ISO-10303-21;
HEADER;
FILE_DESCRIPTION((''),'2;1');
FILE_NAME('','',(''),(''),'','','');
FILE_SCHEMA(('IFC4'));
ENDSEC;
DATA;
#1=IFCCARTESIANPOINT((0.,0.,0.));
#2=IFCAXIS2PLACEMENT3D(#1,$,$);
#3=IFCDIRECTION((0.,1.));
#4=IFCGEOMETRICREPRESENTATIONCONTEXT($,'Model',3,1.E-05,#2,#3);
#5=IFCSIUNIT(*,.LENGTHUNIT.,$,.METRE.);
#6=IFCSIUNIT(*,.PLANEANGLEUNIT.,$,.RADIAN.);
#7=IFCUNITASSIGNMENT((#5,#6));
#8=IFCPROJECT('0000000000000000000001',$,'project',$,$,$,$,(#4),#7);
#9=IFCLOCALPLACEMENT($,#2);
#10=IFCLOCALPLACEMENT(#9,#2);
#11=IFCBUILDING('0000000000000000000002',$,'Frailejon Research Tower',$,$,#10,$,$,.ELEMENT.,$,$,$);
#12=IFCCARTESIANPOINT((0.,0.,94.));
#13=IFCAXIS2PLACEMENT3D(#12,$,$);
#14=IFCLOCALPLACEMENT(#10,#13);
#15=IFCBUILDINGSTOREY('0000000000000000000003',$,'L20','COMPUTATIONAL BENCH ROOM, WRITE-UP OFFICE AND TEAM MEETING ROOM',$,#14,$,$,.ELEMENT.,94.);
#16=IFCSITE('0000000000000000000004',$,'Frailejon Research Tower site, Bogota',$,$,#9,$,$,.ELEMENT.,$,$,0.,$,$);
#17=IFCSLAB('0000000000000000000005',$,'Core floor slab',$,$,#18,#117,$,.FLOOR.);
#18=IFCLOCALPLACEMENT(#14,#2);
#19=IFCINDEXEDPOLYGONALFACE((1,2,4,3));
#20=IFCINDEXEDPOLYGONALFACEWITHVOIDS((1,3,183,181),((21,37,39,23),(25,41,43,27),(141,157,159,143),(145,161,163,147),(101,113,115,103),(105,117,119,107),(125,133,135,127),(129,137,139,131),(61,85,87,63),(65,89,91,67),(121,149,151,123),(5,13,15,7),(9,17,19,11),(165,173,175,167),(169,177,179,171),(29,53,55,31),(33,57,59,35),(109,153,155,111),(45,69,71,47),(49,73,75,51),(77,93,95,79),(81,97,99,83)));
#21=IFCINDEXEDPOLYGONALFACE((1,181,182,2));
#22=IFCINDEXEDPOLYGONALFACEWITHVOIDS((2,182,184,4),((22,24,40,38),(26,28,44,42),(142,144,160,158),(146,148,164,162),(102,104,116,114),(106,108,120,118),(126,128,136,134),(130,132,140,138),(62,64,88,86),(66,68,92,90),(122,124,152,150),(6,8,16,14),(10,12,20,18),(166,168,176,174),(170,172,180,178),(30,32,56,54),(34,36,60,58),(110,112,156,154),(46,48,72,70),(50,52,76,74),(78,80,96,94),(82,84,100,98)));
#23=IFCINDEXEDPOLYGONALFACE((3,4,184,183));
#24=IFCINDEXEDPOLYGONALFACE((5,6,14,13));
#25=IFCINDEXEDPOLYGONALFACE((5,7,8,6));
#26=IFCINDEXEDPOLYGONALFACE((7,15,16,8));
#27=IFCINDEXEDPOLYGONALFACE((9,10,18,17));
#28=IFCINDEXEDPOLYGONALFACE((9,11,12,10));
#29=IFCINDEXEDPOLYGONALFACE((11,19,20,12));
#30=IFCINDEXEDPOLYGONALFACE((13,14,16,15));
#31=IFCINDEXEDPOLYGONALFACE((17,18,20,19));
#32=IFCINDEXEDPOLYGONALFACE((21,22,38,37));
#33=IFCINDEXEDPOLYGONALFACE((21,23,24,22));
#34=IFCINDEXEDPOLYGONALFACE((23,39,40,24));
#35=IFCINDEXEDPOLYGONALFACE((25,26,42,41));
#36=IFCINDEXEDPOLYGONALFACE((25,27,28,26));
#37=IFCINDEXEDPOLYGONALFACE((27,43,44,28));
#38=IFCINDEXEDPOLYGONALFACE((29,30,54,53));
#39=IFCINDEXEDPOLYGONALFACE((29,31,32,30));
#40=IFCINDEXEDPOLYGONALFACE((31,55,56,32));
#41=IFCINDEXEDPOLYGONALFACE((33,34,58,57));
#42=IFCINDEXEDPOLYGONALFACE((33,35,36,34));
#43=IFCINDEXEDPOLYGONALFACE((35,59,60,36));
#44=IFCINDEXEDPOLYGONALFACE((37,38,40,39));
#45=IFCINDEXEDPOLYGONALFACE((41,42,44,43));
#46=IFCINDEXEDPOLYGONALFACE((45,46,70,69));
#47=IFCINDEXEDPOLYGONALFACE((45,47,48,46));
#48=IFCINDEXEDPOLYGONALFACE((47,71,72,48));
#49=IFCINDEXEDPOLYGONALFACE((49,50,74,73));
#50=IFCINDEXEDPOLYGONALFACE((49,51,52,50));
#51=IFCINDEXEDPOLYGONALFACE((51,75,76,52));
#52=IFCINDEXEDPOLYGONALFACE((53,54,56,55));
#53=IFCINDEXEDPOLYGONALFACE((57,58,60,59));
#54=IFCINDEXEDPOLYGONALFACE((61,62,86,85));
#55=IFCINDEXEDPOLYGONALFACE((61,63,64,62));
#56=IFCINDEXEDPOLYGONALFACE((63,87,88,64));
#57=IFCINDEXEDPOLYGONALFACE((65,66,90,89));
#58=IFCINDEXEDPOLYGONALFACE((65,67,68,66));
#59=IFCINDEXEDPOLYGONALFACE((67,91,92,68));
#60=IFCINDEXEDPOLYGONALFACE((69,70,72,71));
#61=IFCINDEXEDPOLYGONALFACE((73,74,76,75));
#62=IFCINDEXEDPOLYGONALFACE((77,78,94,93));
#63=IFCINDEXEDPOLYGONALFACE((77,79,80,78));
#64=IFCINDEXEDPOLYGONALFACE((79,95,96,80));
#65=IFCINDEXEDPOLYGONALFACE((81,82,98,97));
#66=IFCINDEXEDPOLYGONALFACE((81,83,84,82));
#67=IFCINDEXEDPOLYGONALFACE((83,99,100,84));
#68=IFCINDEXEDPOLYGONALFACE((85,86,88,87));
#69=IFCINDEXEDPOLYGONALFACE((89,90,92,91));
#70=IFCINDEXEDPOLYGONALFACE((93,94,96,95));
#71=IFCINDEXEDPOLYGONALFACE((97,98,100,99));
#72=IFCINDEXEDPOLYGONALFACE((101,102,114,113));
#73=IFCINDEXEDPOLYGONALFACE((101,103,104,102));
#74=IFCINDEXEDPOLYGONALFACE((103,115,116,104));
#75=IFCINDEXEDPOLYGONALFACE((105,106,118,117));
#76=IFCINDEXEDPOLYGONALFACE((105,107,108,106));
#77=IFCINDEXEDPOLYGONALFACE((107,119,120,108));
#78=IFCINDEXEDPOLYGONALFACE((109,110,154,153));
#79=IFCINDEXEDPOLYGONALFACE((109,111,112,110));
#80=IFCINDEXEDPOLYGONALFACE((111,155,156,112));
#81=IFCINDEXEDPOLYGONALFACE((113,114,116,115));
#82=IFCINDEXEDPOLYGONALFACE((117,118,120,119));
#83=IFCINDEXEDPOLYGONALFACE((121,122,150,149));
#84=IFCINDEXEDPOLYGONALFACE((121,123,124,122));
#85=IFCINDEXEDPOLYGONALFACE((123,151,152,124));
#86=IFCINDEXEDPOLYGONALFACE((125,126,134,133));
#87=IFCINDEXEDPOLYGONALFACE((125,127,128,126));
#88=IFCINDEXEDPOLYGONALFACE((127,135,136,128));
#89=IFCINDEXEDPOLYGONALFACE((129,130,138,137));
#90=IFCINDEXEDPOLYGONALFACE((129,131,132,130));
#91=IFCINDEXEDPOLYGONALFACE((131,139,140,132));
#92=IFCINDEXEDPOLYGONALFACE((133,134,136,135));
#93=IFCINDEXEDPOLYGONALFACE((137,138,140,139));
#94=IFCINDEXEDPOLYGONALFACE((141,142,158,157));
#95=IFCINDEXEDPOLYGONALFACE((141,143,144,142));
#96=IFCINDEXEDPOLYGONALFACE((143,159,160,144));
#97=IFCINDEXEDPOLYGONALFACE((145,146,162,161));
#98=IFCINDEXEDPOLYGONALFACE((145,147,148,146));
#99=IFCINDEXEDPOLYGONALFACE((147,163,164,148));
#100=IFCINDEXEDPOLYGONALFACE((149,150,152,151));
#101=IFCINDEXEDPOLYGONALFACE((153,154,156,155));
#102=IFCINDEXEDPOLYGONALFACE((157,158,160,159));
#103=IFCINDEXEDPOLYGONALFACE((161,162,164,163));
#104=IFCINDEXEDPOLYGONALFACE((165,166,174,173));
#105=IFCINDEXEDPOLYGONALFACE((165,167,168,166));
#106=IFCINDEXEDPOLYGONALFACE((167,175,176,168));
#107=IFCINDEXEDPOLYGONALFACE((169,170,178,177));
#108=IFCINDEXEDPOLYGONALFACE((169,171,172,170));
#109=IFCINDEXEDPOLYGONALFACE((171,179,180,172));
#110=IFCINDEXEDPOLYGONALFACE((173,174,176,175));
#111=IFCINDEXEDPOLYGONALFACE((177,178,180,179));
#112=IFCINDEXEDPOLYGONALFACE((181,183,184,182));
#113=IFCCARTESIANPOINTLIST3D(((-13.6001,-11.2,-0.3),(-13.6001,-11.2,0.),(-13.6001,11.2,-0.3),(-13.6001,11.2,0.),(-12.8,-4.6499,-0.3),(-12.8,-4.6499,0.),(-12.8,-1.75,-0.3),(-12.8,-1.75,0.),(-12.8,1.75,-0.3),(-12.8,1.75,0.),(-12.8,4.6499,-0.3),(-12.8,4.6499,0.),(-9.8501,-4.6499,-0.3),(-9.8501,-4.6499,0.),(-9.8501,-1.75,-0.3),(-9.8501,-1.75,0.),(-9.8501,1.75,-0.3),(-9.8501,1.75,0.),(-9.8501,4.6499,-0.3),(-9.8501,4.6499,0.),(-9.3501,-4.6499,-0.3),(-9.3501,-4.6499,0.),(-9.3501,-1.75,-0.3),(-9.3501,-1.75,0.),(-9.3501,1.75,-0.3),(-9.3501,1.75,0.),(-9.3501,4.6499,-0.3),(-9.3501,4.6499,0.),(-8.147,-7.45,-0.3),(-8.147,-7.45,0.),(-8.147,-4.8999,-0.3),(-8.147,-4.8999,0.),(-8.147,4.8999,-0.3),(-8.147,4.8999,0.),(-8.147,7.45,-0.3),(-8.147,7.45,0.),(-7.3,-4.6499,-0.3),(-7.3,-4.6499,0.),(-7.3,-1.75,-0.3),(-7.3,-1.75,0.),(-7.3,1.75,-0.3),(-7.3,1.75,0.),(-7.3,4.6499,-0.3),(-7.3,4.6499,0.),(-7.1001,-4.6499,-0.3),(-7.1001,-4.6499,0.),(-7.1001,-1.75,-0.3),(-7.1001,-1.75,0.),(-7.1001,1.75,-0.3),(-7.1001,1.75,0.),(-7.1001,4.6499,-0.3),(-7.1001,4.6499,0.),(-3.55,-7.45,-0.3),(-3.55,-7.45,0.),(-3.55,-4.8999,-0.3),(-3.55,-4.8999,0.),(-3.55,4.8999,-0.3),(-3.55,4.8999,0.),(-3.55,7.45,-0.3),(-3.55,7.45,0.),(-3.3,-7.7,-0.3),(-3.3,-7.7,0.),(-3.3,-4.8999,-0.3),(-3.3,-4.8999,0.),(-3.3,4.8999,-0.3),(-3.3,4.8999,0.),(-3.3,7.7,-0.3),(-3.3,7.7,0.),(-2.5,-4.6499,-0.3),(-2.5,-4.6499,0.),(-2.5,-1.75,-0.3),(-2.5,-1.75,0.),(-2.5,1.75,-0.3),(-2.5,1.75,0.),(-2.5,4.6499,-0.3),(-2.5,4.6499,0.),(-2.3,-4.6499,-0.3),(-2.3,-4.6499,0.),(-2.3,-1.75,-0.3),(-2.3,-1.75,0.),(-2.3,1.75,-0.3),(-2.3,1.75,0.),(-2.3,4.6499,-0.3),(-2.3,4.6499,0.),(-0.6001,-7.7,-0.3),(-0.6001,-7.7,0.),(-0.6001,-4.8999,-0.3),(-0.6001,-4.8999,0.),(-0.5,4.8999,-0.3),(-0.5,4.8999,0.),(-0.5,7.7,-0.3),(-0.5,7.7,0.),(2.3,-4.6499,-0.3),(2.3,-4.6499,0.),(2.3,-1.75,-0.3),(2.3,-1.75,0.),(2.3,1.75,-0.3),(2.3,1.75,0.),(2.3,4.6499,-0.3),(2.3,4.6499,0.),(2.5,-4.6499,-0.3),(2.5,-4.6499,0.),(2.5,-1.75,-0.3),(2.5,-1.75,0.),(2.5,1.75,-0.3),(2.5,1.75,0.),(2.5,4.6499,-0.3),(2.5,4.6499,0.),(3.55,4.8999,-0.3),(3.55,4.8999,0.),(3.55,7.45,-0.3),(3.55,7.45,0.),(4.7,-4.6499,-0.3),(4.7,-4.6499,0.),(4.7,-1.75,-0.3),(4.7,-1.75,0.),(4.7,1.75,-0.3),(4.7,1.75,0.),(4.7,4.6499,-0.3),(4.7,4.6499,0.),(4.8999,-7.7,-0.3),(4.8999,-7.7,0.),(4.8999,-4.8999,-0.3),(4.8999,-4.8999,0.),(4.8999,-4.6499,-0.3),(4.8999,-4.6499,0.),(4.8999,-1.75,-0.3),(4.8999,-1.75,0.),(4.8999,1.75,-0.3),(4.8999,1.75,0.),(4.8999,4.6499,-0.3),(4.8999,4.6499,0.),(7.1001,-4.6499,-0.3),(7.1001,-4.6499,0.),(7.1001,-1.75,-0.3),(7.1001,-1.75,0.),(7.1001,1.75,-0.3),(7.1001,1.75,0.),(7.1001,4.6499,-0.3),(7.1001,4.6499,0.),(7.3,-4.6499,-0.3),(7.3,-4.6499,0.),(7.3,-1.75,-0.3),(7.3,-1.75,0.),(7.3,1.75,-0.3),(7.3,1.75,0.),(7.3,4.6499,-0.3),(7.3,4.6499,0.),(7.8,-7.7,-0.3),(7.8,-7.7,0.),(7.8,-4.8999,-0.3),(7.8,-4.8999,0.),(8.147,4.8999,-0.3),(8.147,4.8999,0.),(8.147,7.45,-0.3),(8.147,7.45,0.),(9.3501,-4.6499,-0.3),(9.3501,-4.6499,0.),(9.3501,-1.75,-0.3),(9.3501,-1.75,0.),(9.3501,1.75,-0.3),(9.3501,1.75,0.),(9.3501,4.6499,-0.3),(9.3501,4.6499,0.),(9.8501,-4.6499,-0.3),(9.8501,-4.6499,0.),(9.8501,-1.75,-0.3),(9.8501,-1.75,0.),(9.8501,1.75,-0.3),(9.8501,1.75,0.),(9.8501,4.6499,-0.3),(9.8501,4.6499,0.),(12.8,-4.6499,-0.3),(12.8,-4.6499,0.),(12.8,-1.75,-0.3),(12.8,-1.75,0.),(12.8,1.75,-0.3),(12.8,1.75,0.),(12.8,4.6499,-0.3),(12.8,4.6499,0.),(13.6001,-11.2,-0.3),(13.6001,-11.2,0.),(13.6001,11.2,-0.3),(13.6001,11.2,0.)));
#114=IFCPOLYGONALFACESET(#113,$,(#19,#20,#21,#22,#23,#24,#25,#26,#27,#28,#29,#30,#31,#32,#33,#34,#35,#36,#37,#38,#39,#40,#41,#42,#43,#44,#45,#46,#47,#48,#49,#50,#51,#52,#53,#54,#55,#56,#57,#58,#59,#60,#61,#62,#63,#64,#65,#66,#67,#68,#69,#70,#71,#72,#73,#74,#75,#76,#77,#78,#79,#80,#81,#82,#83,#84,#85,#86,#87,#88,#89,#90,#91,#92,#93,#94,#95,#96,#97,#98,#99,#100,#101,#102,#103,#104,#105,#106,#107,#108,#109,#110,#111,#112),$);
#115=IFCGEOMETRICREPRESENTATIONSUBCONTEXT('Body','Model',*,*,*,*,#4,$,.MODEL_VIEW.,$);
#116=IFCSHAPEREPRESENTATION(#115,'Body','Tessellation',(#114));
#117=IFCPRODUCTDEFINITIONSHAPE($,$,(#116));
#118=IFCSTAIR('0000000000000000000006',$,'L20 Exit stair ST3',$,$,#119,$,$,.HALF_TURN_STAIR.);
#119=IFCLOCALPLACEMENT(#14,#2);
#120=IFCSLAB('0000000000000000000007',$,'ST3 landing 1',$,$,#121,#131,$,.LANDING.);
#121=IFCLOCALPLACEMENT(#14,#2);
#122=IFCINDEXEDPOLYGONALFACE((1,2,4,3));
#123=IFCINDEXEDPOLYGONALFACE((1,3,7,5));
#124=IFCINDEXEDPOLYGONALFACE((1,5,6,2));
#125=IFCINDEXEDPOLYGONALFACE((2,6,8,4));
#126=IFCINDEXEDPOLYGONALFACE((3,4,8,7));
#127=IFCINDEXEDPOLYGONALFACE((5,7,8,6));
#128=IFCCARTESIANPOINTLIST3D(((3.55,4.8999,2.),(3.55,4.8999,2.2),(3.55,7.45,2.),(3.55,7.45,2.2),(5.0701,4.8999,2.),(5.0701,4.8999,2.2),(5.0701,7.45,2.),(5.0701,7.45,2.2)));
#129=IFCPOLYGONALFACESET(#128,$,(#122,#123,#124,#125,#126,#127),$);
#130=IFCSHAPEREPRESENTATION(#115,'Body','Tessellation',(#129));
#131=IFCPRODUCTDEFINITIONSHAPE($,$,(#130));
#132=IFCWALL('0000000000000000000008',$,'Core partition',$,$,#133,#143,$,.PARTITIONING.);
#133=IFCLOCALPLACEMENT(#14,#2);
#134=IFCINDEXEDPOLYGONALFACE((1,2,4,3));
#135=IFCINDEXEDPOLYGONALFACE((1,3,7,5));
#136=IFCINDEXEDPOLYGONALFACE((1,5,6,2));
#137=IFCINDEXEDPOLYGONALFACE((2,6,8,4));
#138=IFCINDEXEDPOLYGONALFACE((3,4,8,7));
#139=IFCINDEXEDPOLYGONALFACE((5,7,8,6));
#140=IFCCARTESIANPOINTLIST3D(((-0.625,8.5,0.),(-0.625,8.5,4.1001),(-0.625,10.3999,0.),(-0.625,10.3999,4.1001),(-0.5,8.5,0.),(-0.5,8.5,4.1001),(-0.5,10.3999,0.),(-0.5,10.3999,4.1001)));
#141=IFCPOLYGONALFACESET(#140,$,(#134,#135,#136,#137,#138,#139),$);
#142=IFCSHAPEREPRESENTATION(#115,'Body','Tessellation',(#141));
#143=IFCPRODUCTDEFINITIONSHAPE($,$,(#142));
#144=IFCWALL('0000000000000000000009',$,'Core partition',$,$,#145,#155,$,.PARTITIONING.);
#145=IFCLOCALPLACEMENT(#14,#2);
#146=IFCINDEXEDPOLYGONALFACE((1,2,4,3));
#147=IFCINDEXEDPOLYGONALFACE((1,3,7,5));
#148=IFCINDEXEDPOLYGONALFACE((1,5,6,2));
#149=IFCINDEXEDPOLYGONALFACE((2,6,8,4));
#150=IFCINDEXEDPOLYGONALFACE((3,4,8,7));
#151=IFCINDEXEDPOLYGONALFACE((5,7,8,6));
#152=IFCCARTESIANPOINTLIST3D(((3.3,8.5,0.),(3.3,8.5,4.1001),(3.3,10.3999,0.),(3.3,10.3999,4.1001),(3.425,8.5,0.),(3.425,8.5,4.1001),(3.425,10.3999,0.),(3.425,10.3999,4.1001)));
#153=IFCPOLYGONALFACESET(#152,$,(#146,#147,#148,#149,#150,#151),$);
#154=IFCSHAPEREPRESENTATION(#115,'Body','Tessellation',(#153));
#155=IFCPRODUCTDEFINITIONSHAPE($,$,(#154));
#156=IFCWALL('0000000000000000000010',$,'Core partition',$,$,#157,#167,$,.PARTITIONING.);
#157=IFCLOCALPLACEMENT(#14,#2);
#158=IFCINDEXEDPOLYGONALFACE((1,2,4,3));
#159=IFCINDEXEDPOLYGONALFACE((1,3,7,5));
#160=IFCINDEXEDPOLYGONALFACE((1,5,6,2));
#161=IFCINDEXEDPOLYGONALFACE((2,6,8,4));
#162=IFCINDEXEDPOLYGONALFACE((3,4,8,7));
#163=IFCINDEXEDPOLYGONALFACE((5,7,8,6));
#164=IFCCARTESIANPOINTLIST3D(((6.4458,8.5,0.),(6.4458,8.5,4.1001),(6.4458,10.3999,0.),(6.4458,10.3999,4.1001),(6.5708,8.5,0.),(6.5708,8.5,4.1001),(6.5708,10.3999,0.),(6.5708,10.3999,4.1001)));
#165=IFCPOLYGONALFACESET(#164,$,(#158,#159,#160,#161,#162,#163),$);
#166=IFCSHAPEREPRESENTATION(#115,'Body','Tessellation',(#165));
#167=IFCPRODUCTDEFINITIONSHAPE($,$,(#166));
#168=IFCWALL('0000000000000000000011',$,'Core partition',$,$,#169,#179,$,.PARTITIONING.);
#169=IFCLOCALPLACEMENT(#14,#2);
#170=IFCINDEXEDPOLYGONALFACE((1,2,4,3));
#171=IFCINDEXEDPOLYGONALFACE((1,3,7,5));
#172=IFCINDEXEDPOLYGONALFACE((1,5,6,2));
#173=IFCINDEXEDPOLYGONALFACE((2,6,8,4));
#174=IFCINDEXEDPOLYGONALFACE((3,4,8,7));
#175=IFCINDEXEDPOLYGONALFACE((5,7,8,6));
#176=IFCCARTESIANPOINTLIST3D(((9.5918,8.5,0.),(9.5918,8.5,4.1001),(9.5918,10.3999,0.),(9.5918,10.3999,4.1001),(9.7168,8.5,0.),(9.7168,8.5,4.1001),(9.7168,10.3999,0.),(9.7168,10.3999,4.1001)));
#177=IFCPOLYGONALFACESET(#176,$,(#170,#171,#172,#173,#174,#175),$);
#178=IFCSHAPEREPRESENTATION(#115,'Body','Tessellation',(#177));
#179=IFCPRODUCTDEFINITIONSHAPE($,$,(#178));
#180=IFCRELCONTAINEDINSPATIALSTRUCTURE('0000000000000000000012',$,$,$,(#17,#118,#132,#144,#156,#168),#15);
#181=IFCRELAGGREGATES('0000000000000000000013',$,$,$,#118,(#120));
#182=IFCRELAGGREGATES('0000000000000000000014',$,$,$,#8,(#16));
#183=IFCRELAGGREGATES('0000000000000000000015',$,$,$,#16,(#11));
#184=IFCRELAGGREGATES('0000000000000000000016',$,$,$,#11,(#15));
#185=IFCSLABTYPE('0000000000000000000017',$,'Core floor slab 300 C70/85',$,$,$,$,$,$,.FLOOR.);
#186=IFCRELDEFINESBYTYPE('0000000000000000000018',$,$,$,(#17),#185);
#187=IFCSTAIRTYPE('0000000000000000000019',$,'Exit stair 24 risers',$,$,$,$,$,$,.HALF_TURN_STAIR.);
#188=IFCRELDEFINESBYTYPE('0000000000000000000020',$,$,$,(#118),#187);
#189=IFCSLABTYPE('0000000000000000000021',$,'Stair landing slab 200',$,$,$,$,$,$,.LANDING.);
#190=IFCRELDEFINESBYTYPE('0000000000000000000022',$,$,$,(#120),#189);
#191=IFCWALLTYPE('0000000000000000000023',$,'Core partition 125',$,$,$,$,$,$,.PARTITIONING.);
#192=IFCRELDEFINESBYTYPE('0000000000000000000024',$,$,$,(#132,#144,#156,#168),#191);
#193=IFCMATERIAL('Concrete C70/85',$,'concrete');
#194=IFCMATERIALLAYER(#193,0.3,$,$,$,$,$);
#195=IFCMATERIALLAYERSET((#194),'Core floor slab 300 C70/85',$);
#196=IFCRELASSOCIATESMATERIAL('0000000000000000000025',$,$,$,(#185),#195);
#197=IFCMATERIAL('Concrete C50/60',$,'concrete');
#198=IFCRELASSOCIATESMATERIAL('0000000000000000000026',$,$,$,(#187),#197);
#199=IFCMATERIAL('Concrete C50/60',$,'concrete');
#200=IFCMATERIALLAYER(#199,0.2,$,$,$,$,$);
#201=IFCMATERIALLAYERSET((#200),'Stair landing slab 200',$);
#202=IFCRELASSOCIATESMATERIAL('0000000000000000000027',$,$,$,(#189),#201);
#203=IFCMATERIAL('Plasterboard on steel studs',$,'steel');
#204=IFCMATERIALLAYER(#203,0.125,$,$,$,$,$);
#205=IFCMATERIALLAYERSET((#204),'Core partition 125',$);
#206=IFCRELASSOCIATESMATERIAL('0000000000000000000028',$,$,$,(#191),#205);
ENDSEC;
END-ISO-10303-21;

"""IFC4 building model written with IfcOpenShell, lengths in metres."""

from ifc_helpers import new_model, si_unit, direction, frame, frame_2d, origin, place, context, subcontext, project, spatial, polyline, rectangle, outline, extrude, material, layer, layer_set, type_object, element, aggregate, save


model = new_model("IFC4")

# Units and contexts
model_context = context("Model", 3, precision=1e-05, world=origin(), true_north=direction((0.0, 1.0)))
body_context = subcontext(model_context, "Body", "Model", "MODEL_VIEW")
ifc_project = project(units=[si_unit("LENGTHUNIT", "METRE"), si_unit("PLANEANGLEUNIT", "RADIAN")], contexts=[model_context])

# Site, building, storey
site_placement = place(None, origin())
site = spatial("IfcSite", under=ifc_project, at=site_placement, Name="Frailejon Research Tower site, Bogota", CompositionType="ELEMENT", RefElevation=0.0)
building_placement = place(site_placement, origin())
building = spatial("IfcBuilding", under=site, at=building_placement, Name="Frailejon Research Tower", CompositionType="ELEMENT")
storey_placement = place(building_placement, frame((0.0, 0.0, 94.0)))
storey = spatial("IfcBuildingStorey", under=building, at=storey_placement, Name="L20", Description="COMPUTATIONAL BENCH ROOM, WRITE-UP OFFICE AND TEAM MEETING ROOM", CompositionType="ELEMENT", Elevation=94.0)

# Slab
ifc_material_1 = material(Name="Concrete C70/85", Category="concrete")
ifc_layer_1 = layer(ifc_material_1, 0.3)
ifc_layer_set_1 = layer_set([ifc_layer_1], Name="Core floor slab 300 C70/85")
slab_type_1 = type_object("IfcSlabType", Name="Core floor slab 300 C70/85", PredefinedType="FLOOR", material=ifc_layer_set_1)
slab_1_placement = place(storey_placement, frame((0.0, 0.0, -0.3)))
element("IfcSlab", 1, at=slab_1_placement, inside=storey, type_object=slab_type_1, Name="Core floor slab", PredefinedType="FLOOR", context=body_context, shape_type="SweptSolid", body=[
    extrude(outline(polyline([(13.6001, -11.2), (13.6001, 11.2), (-13.6001, 11.2), (-13.6001, -11.2), (13.6001, -11.2)]), holes=[polyline([(-9.8501, 1.75), (-9.8501, 4.6499), (-12.8, 4.6499), (-12.8, 1.75), (-9.8501, 1.75)]), polyline([(-7.3, 1.75), (-7.3, 4.6499), (-9.3501, 4.6499), (-9.3501, 1.75), (-7.3, 1.75)]), polyline([(-2.5, 1.75), (-2.5, 4.6499), (-7.1001, 4.6499), (-7.1001, 1.75), (-2.5, 1.75)]), polyline([(2.3, 1.75), (2.3, 4.6499), (-2.3, 4.6499), (-2.3, 1.75), (2.3, 1.75)]), polyline([(4.7, 1.75), (4.7, 4.6499), (2.5, 4.6499), (2.5, 1.75), (4.7, 1.75)]), polyline([(7.1001, 1.75), (7.1001, 4.6499), (4.8999, 4.6499), (4.8999, 1.75), (7.1001, 1.75)]), polyline([(9.3501, 1.75), (9.3501, 4.6499), (7.3, 4.6499), (7.3, 1.75), (9.3501, 1.75)]), polyline([(12.8, 1.75), (12.8, 4.6499), (9.8501, 4.6499), (9.8501, 1.75), (12.8, 1.75)]), polyline([(-9.8501, -4.6499), (-9.8501, -1.75), (-12.8, -1.75), (-12.8, -4.6499), (-9.8501, -4.6499)]), polyline([(-7.3, -4.6499), (-7.3, -1.75), (-9.3501, -1.75), (-9.3501, -4.6499), (-7.3, -4.6499)]), polyline([(-2.5, -4.6499), (-2.5, -1.75), (-7.1001, -1.75), (-7.1001, -4.6499), (-2.5, -4.6499)]), polyline([(2.3, -4.6499), (2.3, -1.75), (-2.3, -1.75), (-2.3, -4.6499), (2.3, -4.6499)]), polyline([(4.7, -4.6499), (4.7, -1.75), (2.5, -1.75), (2.5, -4.6499), (4.7, -4.6499)]), polyline([(7.1001, -4.6499), (7.1001, -1.75), (4.8999, -1.75), (4.8999, -4.6499), (7.1001, -4.6499)]), polyline([(9.3501, -4.6499), (9.3501, -1.75), (7.3, -1.75), (7.3, -4.6499), (9.3501, -4.6499)]), polyline([(12.8, -4.6499), (12.8, -1.75), (9.8501, -1.75), (9.8501, -4.6499), (12.8, -4.6499)]), polyline([(-8.147, 4.8999), (-3.55, 4.8999), (-3.55, 7.45), (-8.147, 7.45), (-8.147, 4.8999)]), polyline([(-8.147, -7.45), (-3.55, -7.45), (-3.55, -4.8999), (-8.147, -4.8999), (-8.147, -7.45)]), polyline([(8.147, 7.45), (3.55, 7.45), (3.55, 4.8999), (8.147, 4.8999), (8.147, 7.45)]), polyline([(-0.6001, -7.7), (-0.6001, -4.8999), (-3.3, -4.8999), (-3.3, -7.7), (-0.6001, -7.7)]), polyline([(7.8, -7.7), (7.8, -4.8999), (4.8999, -4.8999), (4.8999, -7.7), (7.8, -7.7)]), polyline([(-0.5, 4.8999), (-0.5, 7.7), (-3.3, 7.7), (-3.3, 4.8999), (-0.5, 4.8999)])]), origin(), (0.0, 0.0, 1.0), 0.3),
])

# Stair, slab
ifc_material_2 = material(Name="Concrete C50/60", Category="concrete")
stair_type = type_object("IfcStairType", Name="Exit stair 24 risers", PredefinedType="HALF_TURN_STAIR", material=ifc_material_2)
stair_placement = place(storey_placement, origin())
stair = element("IfcStair", 2, at=stair_placement, inside=storey, type_object=stair_type, Name="L20 Exit stair ST3", PredefinedType="HALF_TURN_STAIR")
ifc_material_3 = material(Name="Concrete C50/60", Category="concrete")
ifc_layer_2 = layer(ifc_material_3, 0.2)
ifc_layer_set_2 = layer_set([ifc_layer_2], Name="Stair landing slab 200")
slab_type_2 = type_object("IfcSlabType", Name="Stair landing slab 200", PredefinedType="LANDING", material=ifc_layer_set_2)
slab_2_placement = place(storey_placement, frame((0.0, 0.0, 2.0)))
slab_2 = element("IfcSlab", 3, at=slab_2_placement, type_object=slab_type_2, Name="ST3 landing 1", PredefinedType="LANDING", context=body_context, shape_type="SweptSolid", body=[
    extrude(outline(polyline([(5.0701, 7.45), (3.55, 7.45), (3.55, 4.8999), (5.0701, 4.8999), (5.0701, 7.45)])), origin(), (0.0, 0.0, 1.0), 0.2),
])

# Walls
ifc_material_4 = material(Name="Plasterboard on steel studs", Category="steel")
ifc_layer_3 = layer(ifc_material_4, 0.125)
ifc_layer_set_3 = layer_set([ifc_layer_3], Name="Core partition 125")
wall_type_1 = type_object("IfcWallType", Name="Core partition 125", PredefinedType="PARTITIONING", material=ifc_layer_set_3)
for number, where, z_axis, x_axis, name in (
    (4, (-0.5625, 8.5, 0.0), (0.0, 0.0, 1.0), (0.0, 1.0, 0.0), "Core partition"),
    (5, (3.3625, 8.5, 0.0), (0.0, 0.0, 1.0), (0.0, 1.0, 0.0), "Core partition"),
    (6, (6.5083, 8.5, 0.0), (0.0, 0.0, 1.0), (0.0, 1.0, 0.0), "Core partition"),
    (7, (9.6543, 8.5, 0.0), (0.0, 0.0, 1.0), (0.0, 1.0, 0.0), "Core partition"),
):
    element("IfcWall", number, at=place(storey_placement, frame(where, z_axis=z_axis, x_axis=x_axis)), inside=storey, type_object=wall_type_1, Name=name, PredefinedType="PARTITIONING", context=body_context, shape_type="SweptSolid", body=[
        extrude(rectangle(XDim=1.8999, YDim=0.125, at=frame_2d((0.95, 0.0))), origin(), (0.0, 0.0, 1.0), 4.1001),
    ])

aggregate(stair, [slab_2])

save(model, "model.ifc")
